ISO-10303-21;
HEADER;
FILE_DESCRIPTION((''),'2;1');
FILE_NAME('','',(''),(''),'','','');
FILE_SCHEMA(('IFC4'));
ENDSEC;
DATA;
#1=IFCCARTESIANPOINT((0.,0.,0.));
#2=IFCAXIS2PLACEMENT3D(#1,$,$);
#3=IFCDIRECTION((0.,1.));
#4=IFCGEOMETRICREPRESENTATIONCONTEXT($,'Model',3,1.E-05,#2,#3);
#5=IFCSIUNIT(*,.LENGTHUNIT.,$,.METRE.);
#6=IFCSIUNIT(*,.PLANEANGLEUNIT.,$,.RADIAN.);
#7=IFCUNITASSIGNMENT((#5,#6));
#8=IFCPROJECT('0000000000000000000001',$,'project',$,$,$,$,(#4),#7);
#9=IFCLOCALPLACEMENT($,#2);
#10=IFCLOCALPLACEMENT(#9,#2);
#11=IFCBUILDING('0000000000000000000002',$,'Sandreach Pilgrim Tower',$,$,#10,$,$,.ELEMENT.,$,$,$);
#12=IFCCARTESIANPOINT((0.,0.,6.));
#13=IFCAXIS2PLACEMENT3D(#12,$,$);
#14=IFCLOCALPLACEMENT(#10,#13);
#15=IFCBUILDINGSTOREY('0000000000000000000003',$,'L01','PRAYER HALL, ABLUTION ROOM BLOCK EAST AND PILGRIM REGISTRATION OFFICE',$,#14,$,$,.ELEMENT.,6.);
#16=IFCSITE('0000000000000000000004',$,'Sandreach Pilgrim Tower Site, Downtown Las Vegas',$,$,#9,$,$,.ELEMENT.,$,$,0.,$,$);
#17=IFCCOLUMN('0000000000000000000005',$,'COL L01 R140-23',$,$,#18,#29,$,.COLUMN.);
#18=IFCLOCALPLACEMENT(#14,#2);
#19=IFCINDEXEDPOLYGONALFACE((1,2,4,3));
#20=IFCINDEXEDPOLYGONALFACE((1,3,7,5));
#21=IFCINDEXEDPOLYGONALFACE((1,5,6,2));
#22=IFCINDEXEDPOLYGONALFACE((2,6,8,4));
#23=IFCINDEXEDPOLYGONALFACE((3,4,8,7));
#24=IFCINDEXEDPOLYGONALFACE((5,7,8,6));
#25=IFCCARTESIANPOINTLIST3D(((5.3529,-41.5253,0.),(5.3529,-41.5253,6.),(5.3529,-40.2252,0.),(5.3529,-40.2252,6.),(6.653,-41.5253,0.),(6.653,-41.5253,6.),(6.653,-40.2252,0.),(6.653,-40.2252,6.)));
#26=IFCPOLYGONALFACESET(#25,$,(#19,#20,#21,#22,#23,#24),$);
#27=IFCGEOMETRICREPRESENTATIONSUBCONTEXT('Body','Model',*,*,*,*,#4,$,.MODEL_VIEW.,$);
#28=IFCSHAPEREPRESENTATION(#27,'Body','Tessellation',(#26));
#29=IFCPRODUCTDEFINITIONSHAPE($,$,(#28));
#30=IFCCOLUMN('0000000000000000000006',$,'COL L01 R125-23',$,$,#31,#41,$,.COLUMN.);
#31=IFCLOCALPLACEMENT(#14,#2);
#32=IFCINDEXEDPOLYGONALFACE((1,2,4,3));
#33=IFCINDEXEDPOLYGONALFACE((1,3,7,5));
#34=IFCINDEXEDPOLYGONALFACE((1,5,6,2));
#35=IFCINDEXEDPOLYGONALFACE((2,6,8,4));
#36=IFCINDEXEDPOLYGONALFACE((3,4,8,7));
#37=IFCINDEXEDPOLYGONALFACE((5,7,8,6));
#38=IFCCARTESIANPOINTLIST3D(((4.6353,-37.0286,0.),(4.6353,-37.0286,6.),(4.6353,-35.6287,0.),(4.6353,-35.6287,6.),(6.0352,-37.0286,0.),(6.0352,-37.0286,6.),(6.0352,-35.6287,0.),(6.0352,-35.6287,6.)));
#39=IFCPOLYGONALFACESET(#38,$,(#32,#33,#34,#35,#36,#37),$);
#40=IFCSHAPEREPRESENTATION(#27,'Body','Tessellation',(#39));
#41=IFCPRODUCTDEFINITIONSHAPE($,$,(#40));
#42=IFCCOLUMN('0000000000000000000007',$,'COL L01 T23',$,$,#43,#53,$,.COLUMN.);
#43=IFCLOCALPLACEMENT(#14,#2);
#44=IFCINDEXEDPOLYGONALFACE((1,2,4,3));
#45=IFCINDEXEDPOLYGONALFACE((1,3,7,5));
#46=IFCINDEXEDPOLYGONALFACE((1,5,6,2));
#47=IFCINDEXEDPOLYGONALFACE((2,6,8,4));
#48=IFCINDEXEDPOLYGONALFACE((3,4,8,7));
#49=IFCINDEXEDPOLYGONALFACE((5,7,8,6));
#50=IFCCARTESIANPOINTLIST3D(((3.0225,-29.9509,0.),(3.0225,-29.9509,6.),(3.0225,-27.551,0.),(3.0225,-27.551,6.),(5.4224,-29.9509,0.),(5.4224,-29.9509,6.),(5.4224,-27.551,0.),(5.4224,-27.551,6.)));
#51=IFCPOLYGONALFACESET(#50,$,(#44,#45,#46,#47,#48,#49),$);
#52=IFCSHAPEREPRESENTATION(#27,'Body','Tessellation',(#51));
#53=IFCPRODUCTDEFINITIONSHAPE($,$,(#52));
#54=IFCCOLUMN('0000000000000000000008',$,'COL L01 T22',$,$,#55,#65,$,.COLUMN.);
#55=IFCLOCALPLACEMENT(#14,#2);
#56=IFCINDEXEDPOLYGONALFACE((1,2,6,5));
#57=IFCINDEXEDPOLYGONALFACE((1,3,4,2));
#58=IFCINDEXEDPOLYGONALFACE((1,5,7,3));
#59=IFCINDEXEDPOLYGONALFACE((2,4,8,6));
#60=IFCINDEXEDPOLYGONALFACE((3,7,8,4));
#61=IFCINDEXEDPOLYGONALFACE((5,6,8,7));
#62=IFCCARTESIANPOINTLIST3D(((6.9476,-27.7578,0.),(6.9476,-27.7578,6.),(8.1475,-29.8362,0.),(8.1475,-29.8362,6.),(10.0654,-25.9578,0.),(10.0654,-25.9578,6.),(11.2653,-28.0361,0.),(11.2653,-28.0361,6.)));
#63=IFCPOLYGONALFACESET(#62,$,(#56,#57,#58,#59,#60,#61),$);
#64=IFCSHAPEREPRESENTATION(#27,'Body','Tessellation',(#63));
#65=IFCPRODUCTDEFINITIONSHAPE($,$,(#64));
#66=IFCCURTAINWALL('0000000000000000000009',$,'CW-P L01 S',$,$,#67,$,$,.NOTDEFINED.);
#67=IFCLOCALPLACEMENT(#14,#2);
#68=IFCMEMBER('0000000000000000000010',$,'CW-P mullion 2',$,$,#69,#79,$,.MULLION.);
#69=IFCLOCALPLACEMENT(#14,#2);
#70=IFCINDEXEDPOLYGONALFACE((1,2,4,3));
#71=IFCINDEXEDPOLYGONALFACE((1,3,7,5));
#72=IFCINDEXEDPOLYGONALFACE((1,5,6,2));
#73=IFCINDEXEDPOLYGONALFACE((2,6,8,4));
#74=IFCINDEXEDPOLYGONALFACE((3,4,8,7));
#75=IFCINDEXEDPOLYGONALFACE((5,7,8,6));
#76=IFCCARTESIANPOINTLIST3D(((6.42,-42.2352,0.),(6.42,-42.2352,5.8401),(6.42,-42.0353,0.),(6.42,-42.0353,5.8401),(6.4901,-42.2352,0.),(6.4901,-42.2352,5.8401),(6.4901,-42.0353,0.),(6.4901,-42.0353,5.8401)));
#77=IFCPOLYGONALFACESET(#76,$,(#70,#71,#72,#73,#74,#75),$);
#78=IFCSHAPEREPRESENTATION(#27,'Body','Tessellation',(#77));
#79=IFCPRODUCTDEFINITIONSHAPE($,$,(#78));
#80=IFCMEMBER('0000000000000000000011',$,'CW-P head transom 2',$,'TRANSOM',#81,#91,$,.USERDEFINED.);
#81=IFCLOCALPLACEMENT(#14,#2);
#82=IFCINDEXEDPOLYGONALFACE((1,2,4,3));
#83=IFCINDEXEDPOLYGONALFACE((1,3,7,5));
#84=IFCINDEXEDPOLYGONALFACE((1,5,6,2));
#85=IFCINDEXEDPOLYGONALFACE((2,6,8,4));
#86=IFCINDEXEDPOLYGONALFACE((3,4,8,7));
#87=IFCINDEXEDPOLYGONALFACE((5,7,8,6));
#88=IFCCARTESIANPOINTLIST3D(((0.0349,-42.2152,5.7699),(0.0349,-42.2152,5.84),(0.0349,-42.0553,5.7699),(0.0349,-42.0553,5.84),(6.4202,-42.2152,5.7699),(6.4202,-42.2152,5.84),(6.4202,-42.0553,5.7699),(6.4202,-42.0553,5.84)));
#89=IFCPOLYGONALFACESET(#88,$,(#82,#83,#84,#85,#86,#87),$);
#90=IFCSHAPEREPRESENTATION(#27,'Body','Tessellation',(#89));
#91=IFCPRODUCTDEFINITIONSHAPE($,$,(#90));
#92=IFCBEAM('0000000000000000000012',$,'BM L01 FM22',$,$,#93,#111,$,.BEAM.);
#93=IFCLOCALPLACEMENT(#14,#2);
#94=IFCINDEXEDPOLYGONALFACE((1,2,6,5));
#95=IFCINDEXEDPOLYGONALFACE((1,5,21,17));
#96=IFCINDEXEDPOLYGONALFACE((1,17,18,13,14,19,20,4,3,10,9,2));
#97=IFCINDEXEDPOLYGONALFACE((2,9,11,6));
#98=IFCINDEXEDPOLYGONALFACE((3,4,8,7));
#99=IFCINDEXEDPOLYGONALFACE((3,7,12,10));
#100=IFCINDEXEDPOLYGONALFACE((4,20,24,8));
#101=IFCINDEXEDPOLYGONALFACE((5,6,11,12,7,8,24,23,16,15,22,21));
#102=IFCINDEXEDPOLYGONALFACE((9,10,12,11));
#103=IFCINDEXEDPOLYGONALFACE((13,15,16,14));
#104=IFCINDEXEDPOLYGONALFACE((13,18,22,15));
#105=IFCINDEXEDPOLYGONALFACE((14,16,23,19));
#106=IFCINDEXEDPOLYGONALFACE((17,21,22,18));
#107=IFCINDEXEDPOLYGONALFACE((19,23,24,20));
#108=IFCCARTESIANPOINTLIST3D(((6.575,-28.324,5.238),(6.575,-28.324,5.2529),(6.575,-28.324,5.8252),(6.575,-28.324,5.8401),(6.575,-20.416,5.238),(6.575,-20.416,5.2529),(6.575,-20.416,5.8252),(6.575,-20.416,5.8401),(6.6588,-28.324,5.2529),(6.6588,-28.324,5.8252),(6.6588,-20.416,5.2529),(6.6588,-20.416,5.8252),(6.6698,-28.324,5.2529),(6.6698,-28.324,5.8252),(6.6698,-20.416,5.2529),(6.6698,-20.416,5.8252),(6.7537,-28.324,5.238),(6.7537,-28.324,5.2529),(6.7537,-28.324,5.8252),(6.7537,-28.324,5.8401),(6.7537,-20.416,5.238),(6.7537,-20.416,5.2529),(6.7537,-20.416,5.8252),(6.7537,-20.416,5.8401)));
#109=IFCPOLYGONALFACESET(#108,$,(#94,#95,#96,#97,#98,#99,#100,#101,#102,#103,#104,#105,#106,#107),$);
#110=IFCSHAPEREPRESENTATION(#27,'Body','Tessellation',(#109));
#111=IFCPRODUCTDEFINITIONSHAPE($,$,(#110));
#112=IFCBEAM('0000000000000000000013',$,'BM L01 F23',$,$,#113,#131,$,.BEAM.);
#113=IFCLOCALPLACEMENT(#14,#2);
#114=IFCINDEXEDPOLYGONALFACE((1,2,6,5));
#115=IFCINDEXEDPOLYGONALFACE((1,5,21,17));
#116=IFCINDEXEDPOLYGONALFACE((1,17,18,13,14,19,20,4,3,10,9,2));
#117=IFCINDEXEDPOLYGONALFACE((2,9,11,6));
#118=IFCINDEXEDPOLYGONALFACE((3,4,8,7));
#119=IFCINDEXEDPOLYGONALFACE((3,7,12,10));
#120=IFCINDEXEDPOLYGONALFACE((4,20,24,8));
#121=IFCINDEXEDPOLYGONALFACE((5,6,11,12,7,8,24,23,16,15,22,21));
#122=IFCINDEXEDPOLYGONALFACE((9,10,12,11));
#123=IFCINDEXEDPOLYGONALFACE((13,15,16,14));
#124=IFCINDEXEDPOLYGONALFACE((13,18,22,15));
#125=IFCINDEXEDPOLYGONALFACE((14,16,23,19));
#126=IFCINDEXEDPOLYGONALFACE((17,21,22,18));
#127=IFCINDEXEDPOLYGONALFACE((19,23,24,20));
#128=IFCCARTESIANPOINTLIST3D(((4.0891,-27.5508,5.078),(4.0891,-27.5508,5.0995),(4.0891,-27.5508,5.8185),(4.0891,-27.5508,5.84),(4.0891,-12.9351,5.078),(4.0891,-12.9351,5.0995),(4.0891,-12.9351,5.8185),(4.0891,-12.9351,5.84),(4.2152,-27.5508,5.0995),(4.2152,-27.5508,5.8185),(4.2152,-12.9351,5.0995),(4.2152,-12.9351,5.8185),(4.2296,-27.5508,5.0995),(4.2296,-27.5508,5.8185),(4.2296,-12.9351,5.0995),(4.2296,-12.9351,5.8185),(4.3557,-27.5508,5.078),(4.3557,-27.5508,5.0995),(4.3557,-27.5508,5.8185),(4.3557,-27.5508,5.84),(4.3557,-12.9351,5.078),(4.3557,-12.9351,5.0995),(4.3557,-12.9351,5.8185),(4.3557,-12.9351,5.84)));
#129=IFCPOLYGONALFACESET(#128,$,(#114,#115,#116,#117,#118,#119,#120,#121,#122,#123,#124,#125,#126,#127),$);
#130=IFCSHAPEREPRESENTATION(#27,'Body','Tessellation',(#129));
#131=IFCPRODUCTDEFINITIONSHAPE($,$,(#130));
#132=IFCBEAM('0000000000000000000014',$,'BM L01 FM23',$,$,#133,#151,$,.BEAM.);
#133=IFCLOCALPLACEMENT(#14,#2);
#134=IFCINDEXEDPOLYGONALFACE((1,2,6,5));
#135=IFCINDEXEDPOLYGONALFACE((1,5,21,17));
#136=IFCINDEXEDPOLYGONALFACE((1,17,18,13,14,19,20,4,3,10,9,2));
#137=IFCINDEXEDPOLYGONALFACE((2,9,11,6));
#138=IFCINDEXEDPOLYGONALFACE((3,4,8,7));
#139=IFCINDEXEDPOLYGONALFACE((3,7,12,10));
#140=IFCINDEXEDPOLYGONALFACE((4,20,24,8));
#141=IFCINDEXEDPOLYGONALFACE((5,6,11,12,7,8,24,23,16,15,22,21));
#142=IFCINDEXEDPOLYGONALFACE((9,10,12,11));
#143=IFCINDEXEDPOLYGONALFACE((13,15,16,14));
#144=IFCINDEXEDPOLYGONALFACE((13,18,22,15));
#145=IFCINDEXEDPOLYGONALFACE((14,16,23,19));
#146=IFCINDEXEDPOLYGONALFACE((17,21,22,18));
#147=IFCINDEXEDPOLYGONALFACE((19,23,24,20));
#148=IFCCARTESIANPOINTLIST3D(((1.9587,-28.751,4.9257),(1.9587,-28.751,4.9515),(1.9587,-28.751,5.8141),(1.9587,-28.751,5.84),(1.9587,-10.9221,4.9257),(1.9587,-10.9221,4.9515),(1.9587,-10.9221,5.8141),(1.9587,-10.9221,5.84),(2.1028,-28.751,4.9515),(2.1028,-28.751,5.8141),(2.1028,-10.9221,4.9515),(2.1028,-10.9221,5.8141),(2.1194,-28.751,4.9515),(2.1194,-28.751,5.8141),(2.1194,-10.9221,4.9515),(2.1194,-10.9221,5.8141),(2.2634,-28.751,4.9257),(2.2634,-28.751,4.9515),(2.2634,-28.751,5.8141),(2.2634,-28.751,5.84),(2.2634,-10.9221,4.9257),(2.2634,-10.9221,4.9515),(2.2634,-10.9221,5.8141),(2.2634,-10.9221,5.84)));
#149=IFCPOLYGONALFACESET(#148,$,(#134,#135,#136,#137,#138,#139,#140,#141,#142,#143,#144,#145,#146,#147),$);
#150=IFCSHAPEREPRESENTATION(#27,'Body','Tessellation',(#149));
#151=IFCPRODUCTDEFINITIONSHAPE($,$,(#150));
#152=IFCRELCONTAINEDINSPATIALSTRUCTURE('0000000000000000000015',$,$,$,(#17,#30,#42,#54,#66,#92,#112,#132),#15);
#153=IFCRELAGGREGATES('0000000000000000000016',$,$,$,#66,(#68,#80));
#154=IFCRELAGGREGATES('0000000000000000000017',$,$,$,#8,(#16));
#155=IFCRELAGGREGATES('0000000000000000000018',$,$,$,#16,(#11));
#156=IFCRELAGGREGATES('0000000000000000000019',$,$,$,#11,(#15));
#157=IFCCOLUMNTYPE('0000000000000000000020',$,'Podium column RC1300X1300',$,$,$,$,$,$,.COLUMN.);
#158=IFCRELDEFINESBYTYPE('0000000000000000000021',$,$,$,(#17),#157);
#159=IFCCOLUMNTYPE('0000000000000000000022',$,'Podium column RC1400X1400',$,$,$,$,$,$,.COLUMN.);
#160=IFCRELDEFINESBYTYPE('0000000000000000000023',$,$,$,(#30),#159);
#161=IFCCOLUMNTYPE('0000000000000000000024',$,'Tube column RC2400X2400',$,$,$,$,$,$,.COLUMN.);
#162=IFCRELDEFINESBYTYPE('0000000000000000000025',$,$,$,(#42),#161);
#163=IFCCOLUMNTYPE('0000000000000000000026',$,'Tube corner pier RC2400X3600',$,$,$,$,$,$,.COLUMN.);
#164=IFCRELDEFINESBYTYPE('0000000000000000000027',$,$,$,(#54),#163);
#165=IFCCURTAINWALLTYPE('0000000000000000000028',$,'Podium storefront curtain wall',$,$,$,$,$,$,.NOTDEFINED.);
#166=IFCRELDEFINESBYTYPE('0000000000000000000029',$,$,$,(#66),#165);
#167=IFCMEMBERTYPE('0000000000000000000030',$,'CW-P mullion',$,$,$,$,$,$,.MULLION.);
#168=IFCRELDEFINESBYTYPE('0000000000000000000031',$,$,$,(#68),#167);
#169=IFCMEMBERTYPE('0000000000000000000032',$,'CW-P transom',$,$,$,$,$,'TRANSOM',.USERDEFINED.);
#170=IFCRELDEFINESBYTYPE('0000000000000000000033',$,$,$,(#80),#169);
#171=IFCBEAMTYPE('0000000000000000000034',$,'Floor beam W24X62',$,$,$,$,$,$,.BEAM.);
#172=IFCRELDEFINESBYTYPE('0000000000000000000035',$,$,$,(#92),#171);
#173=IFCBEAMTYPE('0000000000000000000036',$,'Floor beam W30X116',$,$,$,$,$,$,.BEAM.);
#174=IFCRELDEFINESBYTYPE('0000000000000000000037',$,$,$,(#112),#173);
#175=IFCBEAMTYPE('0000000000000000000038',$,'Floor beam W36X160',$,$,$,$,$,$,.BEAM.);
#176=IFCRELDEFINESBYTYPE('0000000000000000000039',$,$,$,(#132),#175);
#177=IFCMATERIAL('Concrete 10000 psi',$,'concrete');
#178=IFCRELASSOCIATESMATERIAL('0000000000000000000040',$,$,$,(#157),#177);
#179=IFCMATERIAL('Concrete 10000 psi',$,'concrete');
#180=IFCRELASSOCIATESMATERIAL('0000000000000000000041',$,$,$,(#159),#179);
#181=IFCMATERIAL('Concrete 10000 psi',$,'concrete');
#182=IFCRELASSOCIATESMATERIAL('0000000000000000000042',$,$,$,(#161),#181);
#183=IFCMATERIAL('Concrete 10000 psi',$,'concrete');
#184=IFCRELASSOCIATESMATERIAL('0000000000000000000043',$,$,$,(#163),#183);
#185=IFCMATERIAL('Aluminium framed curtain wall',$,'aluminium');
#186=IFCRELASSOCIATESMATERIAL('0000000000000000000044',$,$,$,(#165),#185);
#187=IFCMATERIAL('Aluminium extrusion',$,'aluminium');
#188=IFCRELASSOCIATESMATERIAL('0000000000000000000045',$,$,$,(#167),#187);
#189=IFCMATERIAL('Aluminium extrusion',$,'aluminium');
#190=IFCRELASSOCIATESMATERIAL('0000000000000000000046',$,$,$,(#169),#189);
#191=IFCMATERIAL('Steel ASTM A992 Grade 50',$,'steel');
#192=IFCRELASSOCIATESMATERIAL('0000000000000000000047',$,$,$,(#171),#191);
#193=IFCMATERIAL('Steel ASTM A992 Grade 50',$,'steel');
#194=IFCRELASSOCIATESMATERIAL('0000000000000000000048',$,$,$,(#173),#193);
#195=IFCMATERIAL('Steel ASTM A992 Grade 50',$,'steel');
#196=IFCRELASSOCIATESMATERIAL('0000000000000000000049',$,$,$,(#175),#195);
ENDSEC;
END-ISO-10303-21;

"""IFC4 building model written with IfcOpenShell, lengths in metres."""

from ifc_helpers import new_model, si_unit, direction, frame, origin, origin_2d, place, context, subcontext, project, spatial, rectangle, i_section, extrude, material, material_profile, profile_set, type_object, element, aggregate, save


model = new_model("IFC4")

# Units and contexts
model_context = context("Model", 3, precision=1e-05, world=origin(), true_north=direction((0.0, 1.0)))
body_context = subcontext(model_context, "Body", "Model", "MODEL_VIEW")
ifc_project = project(units=[si_unit("LENGTHUNIT", "METRE"), si_unit("PLANEANGLEUNIT", "RADIAN")], contexts=[model_context])

# Site, building, storey
site_placement = place(None, origin())
site = spatial("IfcSite", under=ifc_project, at=site_placement, Name="Sandreach Pilgrim Tower Site, Downtown Las Vegas", CompositionType="ELEMENT", RefElevation=0.0)
building_placement = place(site_placement, origin())
building = spatial("IfcBuilding", under=site, at=building_placement, Name="Sandreach Pilgrim Tower", CompositionType="ELEMENT")
storey_placement = place(building_placement, frame((0.0, 0.0, 6.0)))
storey = spatial("IfcBuildingStorey", under=building, at=storey_placement, Name="L01", Description="PRAYER HALL, ABLUTION ROOM BLOCK EAST AND PILGRIM REGISTRATION OFFICE", CompositionType="ELEMENT", Elevation=6.0)

# Columns
ifc_material_1 = material(Name="Concrete 10000 psi", Category="concrete")
ifc_material_profile_1 = material_profile(ifc_material_1, rectangle(XDim=1.3, YDim=1.3, at=origin_2d()), Name="RC1300X1300")
ifc_profile_set_1 = profile_set([ifc_material_profile_1], Name="Concrete 10000 psi")
column_type_1 = type_object("IfcColumnType", Name="Podium column RC1300X1300", PredefinedType="COLUMN", material=ifc_profile_set_1)
column_1_placement = place(storey_placement, frame((6.0029, -40.8752, 0.0), z_axis=(0.0, 0.0, 1.0), x_axis=(0.0, -1.0, 0.0)))
element("IfcColumn", 1, at=column_1_placement, inside=storey, type_object=column_type_1, Name="COL L01 R140-23", PredefinedType="COLUMN", context=body_context, shape_type="SweptSolid", body=[
    extrude(rectangle(XDim=1.3, YDim=1.3, at=origin_2d()), origin(), (0.0, 0.0, 1.0), 6.0),
])
ifc_material_2 = material(Name="Concrete 10000 psi", Category="concrete")
ifc_material_profile_2 = material_profile(ifc_material_2, rectangle(XDim=1.3999, YDim=1.3999, at=origin_2d()), Name="RC1400X1400")
ifc_profile_set_2 = profile_set([ifc_material_profile_2], Name="Concrete 10000 psi")
column_type_2 = type_object("IfcColumnType", Name="Podium column RC1400X1400", PredefinedType="COLUMN", material=ifc_profile_set_2)
column_2_placement = place(storey_placement, frame((5.3352, -36.3286, 0.0), z_axis=(0.0, 0.0, 1.0), x_axis=(0.0, -1.0, 0.0)))
element("IfcColumn", 2, at=column_2_placement, inside=storey, type_object=column_type_2, Name="COL L01 R125-23", PredefinedType="COLUMN", context=body_context, shape_type="SweptSolid", body=[
    extrude(rectangle(XDim=1.3999, YDim=1.3999, at=origin_2d()), origin(), (0.0, 0.0, 1.0), 6.0),
])
ifc_material_3 = material(Name="Concrete 10000 psi", Category="concrete")
ifc_material_profile_3 = material_profile(ifc_material_3, rectangle(XDim=2.3999, YDim=2.3999, at=origin_2d()), Name="RC2400X2400")
ifc_profile_set_3 = profile_set([ifc_material_profile_3], Name="Concrete 10000 psi")
column_type_3 = type_object("IfcColumnType", Name="Tube column RC2400X2400", PredefinedType="COLUMN", material=ifc_profile_set_3)
column_3_placement = place(storey_placement, frame((4.2224, -28.751, 0.0), z_axis=(0.0, 0.0, 1.0), x_axis=(0.0, -1.0, 0.0)))
element("IfcColumn", 3, at=column_3_placement, inside=storey, type_object=column_type_3, Name="COL L01 T23", PredefinedType="COLUMN", context=body_context, shape_type="SweptSolid", body=[
    extrude(rectangle(XDim=2.3999, YDim=2.3999, at=origin_2d()), origin(), (0.0, 0.0, 1.0), 6.0),
])
ifc_material_4 = material(Name="Concrete 10000 psi", Category="concrete")
ifc_material_profile_4 = material_profile(ifc_material_4, rectangle(XDim=2.3999, YDim=3.6001, at=origin_2d()), Name="RC2400X3600")
ifc_profile_set_4 = profile_set([ifc_material_profile_4], Name="Concrete 10000 psi")
column_type_4 = type_object("IfcColumnType", Name="Tube corner pier RC2400X3600", PredefinedType="COLUMN", material=ifc_profile_set_4)
column_4_placement = place(storey_placement, frame((9.1064, -27.897, 0.0), z_axis=(0.0, 0.0, 1.0), x_axis=(0.5, -0.866025, 0.0)))
element("IfcColumn", 4, at=column_4_placement, inside=storey, type_object=column_type_4, Name="COL L01 T22", PredefinedType="COLUMN", context=body_context, shape_type="SweptSolid", body=[
    extrude(rectangle(XDim=2.3999, YDim=3.6001, at=origin_2d()), origin(), (0.0, 0.0, 1.0), 6.0),
])

# Curtain wall, members
ifc_material_5 = material(Name="Aluminium framed curtain wall", Category="aluminium")
curtain_wall_type = type_object("IfcCurtainWallType", Name="Podium storefront curtain wall", PredefinedType="NOTDEFINED", material=ifc_material_5)
curtain_wall_placement = place(storey_placement, origin())
curtain_wall = element("IfcCurtainWall", 5, at=curtain_wall_placement, inside=storey, type_object=curtain_wall_type, Name="CW-P L01 S", PredefinedType="NOTDEFINED")
ifc_material_6 = material(Name="Aluminium extrusion", Category="aluminium")
ifc_material_profile_5 = material_profile(ifc_material_6, rectangle(XDim=0.0701, YDim=0.2, at=origin_2d()), Name="CW-PM 70X200")
ifc_profile_set_5 = profile_set([ifc_material_profile_5], Name="Aluminium extrusion")
member_type_1 = type_object("IfcMemberType", Name="CW-P mullion", PredefinedType="MULLION", material=ifc_profile_set_5)
member_1_placement = place(storey_placement, frame((6.4551, -42.1353, 0.0), z_axis=(0.0, 0.0, 1.0), x_axis=(-1.0, 0.0, 0.0)))
member_1 = element("IfcMember", 6, at=member_1_placement, type_object=member_type_1, Name="CW-P mullion 2", PredefinedType="MULLION", context=body_context, shape_type="SweptSolid", body=[
    extrude(rectangle(XDim=0.0701, YDim=0.2, at=origin_2d()), origin(), (0.0, 0.0, 1.0), 5.8401),
])
ifc_material_7 = material(Name="Aluminium extrusion", Category="aluminium")
ifc_material_profile_6 = material_profile(ifc_material_7, rectangle(XDim=0.1599, YDim=0.0701, at=origin_2d()), Name="CW-PT 160X70")
ifc_profile_set_6 = profile_set([ifc_material_profile_6], Name="Aluminium extrusion")
member_type_2 = type_object("IfcMemberType", Name="CW-P transom", ElementType="TRANSOM", PredefinedType="USERDEFINED", material=ifc_profile_set_6)
member_2_placement = place(storey_placement, frame((6.4202, -42.1353, 5.8049), z_axis=(-1.0, 0.0, 0.0), x_axis=(0.0, -1.0, 0.0)))
member_2 = element("IfcMember", 7, at=member_2_placement, type_object=member_type_2, Name="CW-P head transom 2", ObjectType="TRANSOM", PredefinedType="USERDEFINED", context=body_context, shape_type="SweptSolid", body=[
    extrude(rectangle(XDim=0.1599, YDim=0.0701, at=origin_2d()), origin(), (0.0, 0.0, 1.0), 6.3853),
])

# Beams
ifc_material_8 = material(Name="Steel ASTM A992 Grade 50", Category="steel")
ifc_material_profile_7 = material_profile(ifc_material_8, i_section(OverallWidth=0.1787, OverallDepth=0.6021, WebThickness=0.011, FlangeThickness=0.0149, at=origin_2d()), Name="W24X62")
ifc_profile_set_7 = profile_set([ifc_material_profile_7], Name="Steel ASTM A992 Grade 50")
beam_type_1 = type_object("IfcBeamType", Name="Floor beam W24X62", PredefinedType="BEAM", material=ifc_profile_set_7)
beam_1_placement = place(storey_placement, frame((6.6643, -28.324, 5.5391), z_axis=(0.0, 1.0, 0.0), x_axis=(-1.0, 0.0, 0.0)))
element("IfcBeam", 8, at=beam_1_placement, inside=storey, type_object=beam_type_1, Name="BM L01 FM22", PredefinedType="BEAM", context=body_context, shape_type="SweptSolid", body=[
    extrude(i_section(OverallWidth=0.1787, OverallDepth=0.6021, WebThickness=0.011, FlangeThickness=0.0149, at=origin_2d()), origin(), (0.0, 0.0, 1.0), 7.908),
])
ifc_material_9 = material(Name="Steel ASTM A992 Grade 50", Category="steel")
ifc_material_profile_8 = material_profile(ifc_material_9, i_section(OverallWidth=0.2666, OverallDepth=0.762, WebThickness=0.0144, FlangeThickness=0.0215, at=origin_2d()), Name="W30X116")
ifc_profile_set_8 = profile_set([ifc_material_profile_8], Name="Steel ASTM A992 Grade 50")
beam_type_2 = type_object("IfcBeamType", Name="Floor beam W30X116", PredefinedType="BEAM", material=ifc_profile_set_8)
beam_2_placement = place(storey_placement, frame((4.2224, -27.5508, 5.459), z_axis=(0.0, 1.0, 0.0), x_axis=(-1.0, 0.0, 0.0)))
element("IfcBeam", 9, at=beam_2_placement, inside=storey, type_object=beam_type_2, Name="BM L01 F23", PredefinedType="BEAM", context=body_context, shape_type="SweptSolid", body=[
    extrude(i_section(OverallWidth=0.2666, OverallDepth=0.762, WebThickness=0.0144, FlangeThickness=0.0215, at=origin_2d()), origin(), (0.0, 0.0, 1.0), 14.6157),
])
ifc_material_10 = material(Name="Steel ASTM A992 Grade 50", Category="steel")
ifc_material_profile_9 = material_profile(ifc_material_10, i_section(OverallWidth=0.3047, OverallDepth=0.9143, WebThickness=0.0166, FlangeThickness=0.0259, at=origin_2d()), Name="W36X160")
ifc_profile_set_9 = profile_set([ifc_material_profile_9], Name="Steel ASTM A992 Grade 50")
beam_type_3 = type_object("IfcBeamType", Name="Floor beam W36X160", PredefinedType="BEAM", material=ifc_profile_set_9)
beam_3_placement = place(storey_placement, frame((2.1111, -28.751, 5.3828), z_axis=(0.0, 1.0, 0.0), x_axis=(-1.0, 0.0, 0.0)))
element("IfcBeam", 10, at=beam_3_placement, inside=storey, type_object=beam_type_3, Name="BM L01 FM23", PredefinedType="BEAM", context=body_context, shape_type="SweptSolid", body=[
    extrude(i_section(OverallWidth=0.3047, OverallDepth=0.9143, WebThickness=0.0166, FlangeThickness=0.0259, at=origin_2d()), origin(), (0.0, 0.0, 1.0), 17.8289),
])

aggregate(curtain_wall, [member_1, member_2])

save(model, "model.ifc")
